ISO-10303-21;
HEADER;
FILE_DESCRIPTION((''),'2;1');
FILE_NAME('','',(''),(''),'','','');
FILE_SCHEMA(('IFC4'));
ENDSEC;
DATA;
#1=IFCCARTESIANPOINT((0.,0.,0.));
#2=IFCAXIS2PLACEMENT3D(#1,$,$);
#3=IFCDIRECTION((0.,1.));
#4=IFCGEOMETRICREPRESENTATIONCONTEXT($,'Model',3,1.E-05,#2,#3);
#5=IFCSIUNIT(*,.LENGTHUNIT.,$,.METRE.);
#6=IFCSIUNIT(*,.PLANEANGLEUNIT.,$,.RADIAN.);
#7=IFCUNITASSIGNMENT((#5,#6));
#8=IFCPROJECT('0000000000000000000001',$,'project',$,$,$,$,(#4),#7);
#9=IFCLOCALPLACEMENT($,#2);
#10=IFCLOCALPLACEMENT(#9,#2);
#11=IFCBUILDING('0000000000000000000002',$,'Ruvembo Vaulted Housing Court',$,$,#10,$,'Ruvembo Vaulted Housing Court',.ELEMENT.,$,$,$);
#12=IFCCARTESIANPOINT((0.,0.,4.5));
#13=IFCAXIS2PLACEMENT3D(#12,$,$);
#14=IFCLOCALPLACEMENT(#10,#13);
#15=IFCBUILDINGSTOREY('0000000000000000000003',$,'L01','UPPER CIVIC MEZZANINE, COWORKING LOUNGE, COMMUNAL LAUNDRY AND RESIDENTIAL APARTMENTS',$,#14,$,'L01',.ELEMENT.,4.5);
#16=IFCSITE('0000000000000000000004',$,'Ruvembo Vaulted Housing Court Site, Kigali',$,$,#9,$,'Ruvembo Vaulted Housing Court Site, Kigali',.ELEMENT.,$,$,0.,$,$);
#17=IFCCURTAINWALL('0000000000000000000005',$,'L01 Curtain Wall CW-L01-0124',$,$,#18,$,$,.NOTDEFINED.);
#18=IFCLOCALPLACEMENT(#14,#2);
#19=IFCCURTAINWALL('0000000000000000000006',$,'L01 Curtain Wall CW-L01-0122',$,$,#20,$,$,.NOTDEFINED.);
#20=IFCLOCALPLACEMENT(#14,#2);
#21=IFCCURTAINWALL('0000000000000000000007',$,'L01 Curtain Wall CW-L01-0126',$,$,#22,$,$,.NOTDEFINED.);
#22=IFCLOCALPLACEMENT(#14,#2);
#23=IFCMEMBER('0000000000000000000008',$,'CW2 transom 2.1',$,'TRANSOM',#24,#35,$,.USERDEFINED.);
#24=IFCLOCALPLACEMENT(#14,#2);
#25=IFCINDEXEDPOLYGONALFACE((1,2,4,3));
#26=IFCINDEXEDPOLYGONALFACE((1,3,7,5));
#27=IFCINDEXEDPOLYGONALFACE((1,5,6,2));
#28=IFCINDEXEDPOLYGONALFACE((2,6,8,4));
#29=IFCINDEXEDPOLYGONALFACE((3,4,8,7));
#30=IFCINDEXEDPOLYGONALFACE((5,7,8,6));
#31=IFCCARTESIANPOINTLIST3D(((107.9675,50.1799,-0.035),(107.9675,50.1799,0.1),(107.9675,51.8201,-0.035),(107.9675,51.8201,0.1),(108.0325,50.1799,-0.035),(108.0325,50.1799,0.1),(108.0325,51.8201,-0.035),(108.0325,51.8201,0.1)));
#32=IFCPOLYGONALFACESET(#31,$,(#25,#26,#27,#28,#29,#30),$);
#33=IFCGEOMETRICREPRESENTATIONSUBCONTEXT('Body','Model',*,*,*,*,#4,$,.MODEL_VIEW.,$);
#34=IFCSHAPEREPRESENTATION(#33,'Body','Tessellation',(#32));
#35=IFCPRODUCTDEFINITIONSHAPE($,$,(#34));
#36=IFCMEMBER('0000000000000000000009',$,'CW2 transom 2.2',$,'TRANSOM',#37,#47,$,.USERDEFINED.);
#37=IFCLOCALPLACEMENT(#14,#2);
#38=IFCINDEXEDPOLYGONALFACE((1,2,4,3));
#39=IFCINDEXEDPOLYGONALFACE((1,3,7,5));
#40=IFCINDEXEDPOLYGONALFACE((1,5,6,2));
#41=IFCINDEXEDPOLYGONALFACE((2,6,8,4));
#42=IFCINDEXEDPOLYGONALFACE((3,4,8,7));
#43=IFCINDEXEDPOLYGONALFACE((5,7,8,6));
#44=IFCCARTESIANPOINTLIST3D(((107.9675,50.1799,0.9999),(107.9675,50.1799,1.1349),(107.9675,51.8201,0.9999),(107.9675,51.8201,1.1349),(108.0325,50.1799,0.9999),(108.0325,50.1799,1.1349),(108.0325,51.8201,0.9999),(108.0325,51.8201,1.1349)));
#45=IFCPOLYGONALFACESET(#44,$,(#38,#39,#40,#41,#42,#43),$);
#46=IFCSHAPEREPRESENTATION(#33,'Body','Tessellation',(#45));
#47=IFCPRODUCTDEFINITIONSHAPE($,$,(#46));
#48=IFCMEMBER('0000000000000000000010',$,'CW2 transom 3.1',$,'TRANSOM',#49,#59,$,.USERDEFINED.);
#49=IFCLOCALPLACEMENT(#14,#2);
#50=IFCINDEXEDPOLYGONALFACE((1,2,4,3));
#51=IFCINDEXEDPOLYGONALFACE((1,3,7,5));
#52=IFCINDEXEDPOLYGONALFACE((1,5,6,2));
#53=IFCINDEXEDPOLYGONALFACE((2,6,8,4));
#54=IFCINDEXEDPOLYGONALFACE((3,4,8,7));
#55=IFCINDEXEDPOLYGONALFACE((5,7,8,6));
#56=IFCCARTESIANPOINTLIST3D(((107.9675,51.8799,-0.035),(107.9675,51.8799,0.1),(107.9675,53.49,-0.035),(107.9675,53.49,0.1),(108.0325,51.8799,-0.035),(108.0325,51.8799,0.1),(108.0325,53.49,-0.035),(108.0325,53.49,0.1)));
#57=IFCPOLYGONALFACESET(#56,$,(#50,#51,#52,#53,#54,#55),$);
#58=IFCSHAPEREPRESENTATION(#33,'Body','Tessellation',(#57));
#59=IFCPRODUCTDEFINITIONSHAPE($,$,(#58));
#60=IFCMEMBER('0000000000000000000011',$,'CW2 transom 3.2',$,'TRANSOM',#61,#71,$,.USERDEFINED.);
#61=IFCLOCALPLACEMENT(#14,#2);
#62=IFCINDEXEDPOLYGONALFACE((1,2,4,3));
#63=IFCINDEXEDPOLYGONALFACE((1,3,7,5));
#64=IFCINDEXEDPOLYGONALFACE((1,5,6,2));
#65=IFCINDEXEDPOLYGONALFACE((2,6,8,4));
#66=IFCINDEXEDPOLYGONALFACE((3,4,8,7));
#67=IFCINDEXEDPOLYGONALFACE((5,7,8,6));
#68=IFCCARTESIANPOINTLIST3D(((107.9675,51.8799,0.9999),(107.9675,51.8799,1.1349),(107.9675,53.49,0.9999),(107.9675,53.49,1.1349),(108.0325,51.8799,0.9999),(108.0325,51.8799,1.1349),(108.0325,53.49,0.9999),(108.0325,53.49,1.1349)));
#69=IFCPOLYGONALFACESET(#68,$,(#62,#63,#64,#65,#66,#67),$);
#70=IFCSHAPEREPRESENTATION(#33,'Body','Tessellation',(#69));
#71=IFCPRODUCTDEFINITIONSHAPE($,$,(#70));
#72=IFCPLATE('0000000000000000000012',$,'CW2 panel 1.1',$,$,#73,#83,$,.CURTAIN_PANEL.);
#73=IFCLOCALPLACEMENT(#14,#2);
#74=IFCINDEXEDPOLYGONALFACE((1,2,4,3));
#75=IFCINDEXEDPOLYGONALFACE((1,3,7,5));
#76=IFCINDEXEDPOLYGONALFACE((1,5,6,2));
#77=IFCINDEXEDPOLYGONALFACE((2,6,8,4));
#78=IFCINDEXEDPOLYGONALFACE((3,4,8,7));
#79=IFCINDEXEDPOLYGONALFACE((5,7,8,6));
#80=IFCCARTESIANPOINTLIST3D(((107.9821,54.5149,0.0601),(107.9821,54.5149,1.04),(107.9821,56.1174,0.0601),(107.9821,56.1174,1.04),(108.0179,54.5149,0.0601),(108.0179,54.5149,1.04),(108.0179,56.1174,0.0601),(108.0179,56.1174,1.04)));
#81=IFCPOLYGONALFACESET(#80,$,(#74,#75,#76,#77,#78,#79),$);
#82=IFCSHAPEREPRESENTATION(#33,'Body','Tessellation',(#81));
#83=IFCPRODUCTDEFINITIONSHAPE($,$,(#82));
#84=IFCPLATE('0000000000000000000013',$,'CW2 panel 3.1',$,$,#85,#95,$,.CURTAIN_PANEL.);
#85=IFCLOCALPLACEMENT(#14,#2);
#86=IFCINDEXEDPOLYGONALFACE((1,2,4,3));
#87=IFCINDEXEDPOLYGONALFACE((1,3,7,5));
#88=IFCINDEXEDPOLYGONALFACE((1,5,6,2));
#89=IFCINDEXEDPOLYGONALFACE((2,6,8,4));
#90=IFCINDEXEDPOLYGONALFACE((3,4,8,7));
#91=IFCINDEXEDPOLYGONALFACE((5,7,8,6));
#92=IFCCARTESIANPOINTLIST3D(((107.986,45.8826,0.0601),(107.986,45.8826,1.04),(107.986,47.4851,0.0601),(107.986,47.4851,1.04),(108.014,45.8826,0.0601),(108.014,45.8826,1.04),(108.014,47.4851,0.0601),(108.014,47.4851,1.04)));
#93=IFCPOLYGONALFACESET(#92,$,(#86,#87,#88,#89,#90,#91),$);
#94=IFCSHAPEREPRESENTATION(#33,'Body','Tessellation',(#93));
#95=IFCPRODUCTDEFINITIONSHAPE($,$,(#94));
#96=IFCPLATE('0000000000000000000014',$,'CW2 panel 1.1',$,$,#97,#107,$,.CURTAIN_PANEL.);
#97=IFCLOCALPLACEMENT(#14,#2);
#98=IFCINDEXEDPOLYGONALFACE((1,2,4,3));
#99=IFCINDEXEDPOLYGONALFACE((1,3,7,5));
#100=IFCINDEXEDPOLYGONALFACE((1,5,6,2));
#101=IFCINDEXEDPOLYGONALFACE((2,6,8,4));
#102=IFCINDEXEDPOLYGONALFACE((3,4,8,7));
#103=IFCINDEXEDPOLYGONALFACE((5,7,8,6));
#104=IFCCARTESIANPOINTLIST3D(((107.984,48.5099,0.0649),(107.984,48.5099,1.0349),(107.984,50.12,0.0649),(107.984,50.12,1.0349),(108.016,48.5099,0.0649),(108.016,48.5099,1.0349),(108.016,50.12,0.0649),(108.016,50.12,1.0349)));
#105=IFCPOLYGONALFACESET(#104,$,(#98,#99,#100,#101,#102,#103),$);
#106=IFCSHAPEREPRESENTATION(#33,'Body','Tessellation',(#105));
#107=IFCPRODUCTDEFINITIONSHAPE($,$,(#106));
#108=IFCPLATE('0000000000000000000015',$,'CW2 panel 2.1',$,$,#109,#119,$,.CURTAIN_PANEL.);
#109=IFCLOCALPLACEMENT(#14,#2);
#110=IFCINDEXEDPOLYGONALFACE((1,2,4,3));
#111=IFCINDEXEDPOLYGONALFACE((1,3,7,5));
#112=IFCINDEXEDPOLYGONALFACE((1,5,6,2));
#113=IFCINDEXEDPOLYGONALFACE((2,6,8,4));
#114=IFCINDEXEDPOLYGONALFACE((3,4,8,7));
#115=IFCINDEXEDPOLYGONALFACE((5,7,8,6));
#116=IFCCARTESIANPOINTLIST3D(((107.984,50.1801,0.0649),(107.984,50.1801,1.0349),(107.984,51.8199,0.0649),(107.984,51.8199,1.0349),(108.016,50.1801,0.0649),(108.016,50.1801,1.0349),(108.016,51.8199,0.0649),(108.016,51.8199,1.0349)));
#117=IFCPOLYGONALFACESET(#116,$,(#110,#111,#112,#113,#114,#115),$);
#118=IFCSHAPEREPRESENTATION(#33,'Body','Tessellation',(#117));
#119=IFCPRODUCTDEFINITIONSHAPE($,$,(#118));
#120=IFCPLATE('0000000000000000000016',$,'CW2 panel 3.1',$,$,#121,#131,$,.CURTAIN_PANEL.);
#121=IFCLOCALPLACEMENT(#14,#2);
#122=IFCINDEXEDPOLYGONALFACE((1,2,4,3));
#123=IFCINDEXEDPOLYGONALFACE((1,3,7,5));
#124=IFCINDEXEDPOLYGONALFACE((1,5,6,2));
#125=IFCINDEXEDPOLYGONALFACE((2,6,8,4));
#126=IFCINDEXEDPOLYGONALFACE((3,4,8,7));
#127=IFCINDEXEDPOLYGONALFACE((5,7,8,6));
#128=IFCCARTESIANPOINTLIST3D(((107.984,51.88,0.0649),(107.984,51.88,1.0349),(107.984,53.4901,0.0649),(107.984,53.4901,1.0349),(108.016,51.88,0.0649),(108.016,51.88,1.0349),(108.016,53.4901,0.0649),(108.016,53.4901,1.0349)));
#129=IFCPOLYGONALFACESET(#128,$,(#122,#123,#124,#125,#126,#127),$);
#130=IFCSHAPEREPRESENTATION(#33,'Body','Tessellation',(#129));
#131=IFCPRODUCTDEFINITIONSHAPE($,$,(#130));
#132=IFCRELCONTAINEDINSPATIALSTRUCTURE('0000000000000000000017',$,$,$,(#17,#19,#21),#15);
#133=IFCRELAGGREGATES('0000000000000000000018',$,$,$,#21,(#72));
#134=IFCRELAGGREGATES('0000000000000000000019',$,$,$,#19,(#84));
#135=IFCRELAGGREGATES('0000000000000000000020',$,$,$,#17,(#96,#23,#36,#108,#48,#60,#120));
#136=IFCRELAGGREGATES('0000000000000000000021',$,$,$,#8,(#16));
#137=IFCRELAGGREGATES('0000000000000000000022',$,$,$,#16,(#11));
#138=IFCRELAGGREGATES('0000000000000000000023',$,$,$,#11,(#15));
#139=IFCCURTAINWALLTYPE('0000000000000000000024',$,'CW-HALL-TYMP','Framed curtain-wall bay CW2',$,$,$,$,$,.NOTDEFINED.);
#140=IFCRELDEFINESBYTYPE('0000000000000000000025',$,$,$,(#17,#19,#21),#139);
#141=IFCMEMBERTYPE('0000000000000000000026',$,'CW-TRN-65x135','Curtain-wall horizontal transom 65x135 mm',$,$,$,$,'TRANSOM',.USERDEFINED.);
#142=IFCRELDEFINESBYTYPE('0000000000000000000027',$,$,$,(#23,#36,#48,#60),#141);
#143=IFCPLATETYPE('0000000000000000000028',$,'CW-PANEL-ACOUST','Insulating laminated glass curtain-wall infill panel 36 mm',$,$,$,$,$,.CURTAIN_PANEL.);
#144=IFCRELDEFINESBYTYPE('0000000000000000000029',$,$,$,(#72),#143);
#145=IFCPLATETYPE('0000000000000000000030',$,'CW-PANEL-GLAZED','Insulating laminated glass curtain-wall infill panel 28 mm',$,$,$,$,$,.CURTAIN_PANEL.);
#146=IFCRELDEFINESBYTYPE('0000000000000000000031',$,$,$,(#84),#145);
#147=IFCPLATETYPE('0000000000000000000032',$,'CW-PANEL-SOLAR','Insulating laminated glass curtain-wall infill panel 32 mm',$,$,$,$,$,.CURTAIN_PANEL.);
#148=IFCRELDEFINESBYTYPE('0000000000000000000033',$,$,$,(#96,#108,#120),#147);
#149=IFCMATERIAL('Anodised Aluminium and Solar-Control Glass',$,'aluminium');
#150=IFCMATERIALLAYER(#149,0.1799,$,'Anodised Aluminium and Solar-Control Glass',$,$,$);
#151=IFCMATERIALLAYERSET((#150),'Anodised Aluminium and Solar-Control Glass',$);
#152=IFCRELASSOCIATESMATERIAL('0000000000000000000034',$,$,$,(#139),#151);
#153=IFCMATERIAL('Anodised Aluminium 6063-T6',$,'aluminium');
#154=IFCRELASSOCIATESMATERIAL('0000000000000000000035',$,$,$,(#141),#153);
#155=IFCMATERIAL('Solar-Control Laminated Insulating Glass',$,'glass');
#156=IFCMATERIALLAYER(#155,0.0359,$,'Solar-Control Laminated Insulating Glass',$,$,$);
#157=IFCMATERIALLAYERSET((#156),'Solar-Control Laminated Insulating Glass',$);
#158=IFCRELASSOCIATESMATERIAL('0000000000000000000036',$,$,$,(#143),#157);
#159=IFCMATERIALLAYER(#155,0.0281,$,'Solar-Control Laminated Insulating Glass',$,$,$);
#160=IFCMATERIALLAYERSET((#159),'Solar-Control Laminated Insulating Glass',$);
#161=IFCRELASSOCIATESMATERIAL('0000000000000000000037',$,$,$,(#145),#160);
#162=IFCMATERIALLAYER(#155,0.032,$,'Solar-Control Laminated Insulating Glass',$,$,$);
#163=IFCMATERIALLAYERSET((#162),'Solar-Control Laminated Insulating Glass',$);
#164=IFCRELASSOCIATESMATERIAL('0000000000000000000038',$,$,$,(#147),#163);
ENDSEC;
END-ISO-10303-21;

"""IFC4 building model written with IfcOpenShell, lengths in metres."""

from ifc_helpers import new_model, si_unit, direction, frame, origin, origin_2d, place, context, subcontext, project, spatial, rectangle, extrude, material, layer, layer_set, material_profile, profile_set, type_object, element, aggregate, save


model = new_model("IFC4")

# Units and contexts
model_context = context("Model", 3, precision=1e-05, world=origin(), true_north=direction((0.0, 1.0)))
body_context = subcontext(model_context, "Body", "Model", "MODEL_VIEW")
ifc_project = project(units=[si_unit("LENGTHUNIT", "METRE"), si_unit("PLANEANGLEUNIT", "RADIAN")], contexts=[model_context])

# Site, building, storey
site_placement = place(None, origin())
site = spatial("IfcSite", under=ifc_project, at=site_placement, Name="Ruvembo Vaulted Housing Court Site, Kigali", LongName="Ruvembo Vaulted Housing Court Site, Kigali", CompositionType="ELEMENT", RefElevation=0.0)
building_placement = place(site_placement, origin())
building = spatial("IfcBuilding", under=site, at=building_placement, Name="Ruvembo Vaulted Housing Court", LongName="Ruvembo Vaulted Housing Court", CompositionType="ELEMENT")
storey_placement = place(building_placement, frame((0.0, 0.0, 4.5)))
storey = spatial("IfcBuildingStorey", under=building, at=storey_placement, Name="L01", Description="UPPER CIVIC MEZZANINE, COWORKING LOUNGE, COMMUNAL LAUNDRY AND RESIDENTIAL APARTMENTS", LongName="L01", CompositionType="ELEMENT", Elevation=4.5)

# Curtain wall
ifc_material_1 = material(Name="Anodised Aluminium and Solar-Control Glass", Category="aluminium")
ifc_layer_1 = layer(ifc_material_1, 0.1799, Name="Anodised Aluminium and Solar-Control Glass")
ifc_layer_set_1 = layer_set([ifc_layer_1], Name="Anodised Aluminium and Solar-Control Glass")
curtain_wall_type = type_object("IfcCurtainWallType", Name="CW-HALL-TYMP", Description="Framed curtain-wall bay CW2", PredefinedType="NOTDEFINED", material=ifc_layer_set_1)
curtain_wall_1_placement = place(storey_placement, origin())
curtain_wall_1 = element("IfcCurtainWall", 1, at=curtain_wall_1_placement, inside=storey, type_object=curtain_wall_type, Name="L01 Curtain Wall CW-L01-0124", PredefinedType="NOTDEFINED")
ifc_material_2 = material(Name="Anodised Aluminium 6063-T6", Category="aluminium")

# Curtain wall
curtain_wall_2_placement = place(storey_placement, origin())
curtain_wall_2 = element("IfcCurtainWall", 2, at=curtain_wall_2_placement, inside=storey, type_object=curtain_wall_type, Name="L01 Curtain Wall CW-L01-0122", PredefinedType="NOTDEFINED")

# Curtain wall
curtain_wall_3_placement = place(storey_placement, origin())
curtain_wall_3 = element("IfcCurtainWall", 3, at=curtain_wall_3_placement, inside=storey, type_object=curtain_wall_type, Name="L01 Curtain Wall CW-L01-0126", PredefinedType="NOTDEFINED")

# Members
ifc_material_profile_1 = material_profile(ifc_material_2, rectangle(XDim=0.0649, YDim=0.135, at=origin_2d()), Name="ALU 65x135")
ifc_profile_set_1 = profile_set([ifc_material_profile_1], Name="Anodised Aluminium 6063-T6")
member_type_1 = type_object("IfcMemberType", Name="CW-TRN-65x135", Description="Curtain-wall horizontal transom 65x135 mm", ElementType="TRANSOM", PredefinedType="USERDEFINED", material=ifc_profile_set_1)
member_1_placement = place(storey_placement, frame((108.0, 50.1799, 0.0325), z_axis=(0.0, 1.0, 0.0), x_axis=(-1.0, 0.0, 0.0)))
member_1 = element("IfcMember", 4, at=member_1_placement, type_object=member_type_1, Name="CW2 transom 2.1", ObjectType="TRANSOM", PredefinedType="USERDEFINED", context=body_context, shape_type="SweptSolid", body=[
    extrude(rectangle(XDim=0.0649, YDim=0.135, at=origin_2d()), origin(), (0.0, 0.0, 1.0), 1.6401),
])
member_2_placement = place(storey_placement, frame((108.0, 50.1799, 1.0674), z_axis=(0.0, 1.0, 0.0), x_axis=(-1.0, 0.0, 0.0)))
member_2 = element("IfcMember", 5, at=member_2_placement, type_object=member_type_1, Name="CW2 transom 2.2", ObjectType="TRANSOM", PredefinedType="USERDEFINED", context=body_context, shape_type="SweptSolid", body=[
    extrude(rectangle(XDim=0.0649, YDim=0.135, at=origin_2d()), origin(), (0.0, 0.0, 1.0), 1.6401),
])
member_3_placement = place(storey_placement, frame((108.0, 51.8799, 0.0325), z_axis=(0.0, 1.0, 0.0), x_axis=(-1.0, 0.0, 0.0)))
member_3 = element("IfcMember", 6, at=member_3_placement, type_object=member_type_1, Name="CW2 transom 3.1", ObjectType="TRANSOM", PredefinedType="USERDEFINED", context=body_context, shape_type="SweptSolid", body=[
    extrude(rectangle(XDim=0.0649, YDim=0.135, at=origin_2d()), origin(), (0.0, 0.0, 1.0), 1.6101),
])
member_4_placement = place(storey_placement, frame((108.0, 51.8799, 1.0674), z_axis=(0.0, 1.0, 0.0), x_axis=(-1.0, 0.0, 0.0)))
member_4 = element("IfcMember", 7, at=member_4_placement, type_object=member_type_1, Name="CW2 transom 3.2", ObjectType="TRANSOM", PredefinedType="USERDEFINED", context=body_context, shape_type="SweptSolid", body=[
    extrude(rectangle(XDim=0.0649, YDim=0.135, at=origin_2d()), origin(), (0.0, 0.0, 1.0), 1.6101),
])

# Plates
ifc_material_3 = material(Name="Solar-Control Laminated Insulating Glass", Category="glass")
ifc_layer_2 = layer(ifc_material_3, 0.0359, Name="Solar-Control Laminated Insulating Glass")
ifc_layer_set_2 = layer_set([ifc_layer_2], Name="Solar-Control Laminated Insulating Glass")
plate_type_1 = type_object("IfcPlateType", Name="CW-PANEL-ACOUST", Description="Insulating laminated glass curtain-wall infill panel 36 mm", PredefinedType="CURTAIN_PANEL", material=ifc_layer_set_2)
plate_1_placement = place(storey_placement, frame((108.0, 55.3162, 0.0601), z_axis=(0.0, 0.0, 1.0), x_axis=(0.0, 1.0, 0.0)))
plate_1 = element("IfcPlate", 8, at=plate_1_placement, type_object=plate_type_1, Name="CW2 panel 1.1", PredefinedType="CURTAIN_PANEL", context=body_context, shape_type="SweptSolid", body=[
    extrude(rectangle(XDim=1.6025, YDim=0.0359, at=origin_2d()), origin(), (0.0, 0.0, 1.0), 0.98),
])
aggregate(curtain_wall_3, [plate_1])
ifc_layer_3 = layer(ifc_material_3, 0.0281, Name="Solar-Control Laminated Insulating Glass")
ifc_layer_set_3 = layer_set([ifc_layer_3], Name="Solar-Control Laminated Insulating Glass")
plate_type_2 = type_object("IfcPlateType", Name="CW-PANEL-GLAZED", Description="Insulating laminated glass curtain-wall infill panel 28 mm", PredefinedType="CURTAIN_PANEL", material=ifc_layer_set_3)
plate_2_placement = place(storey_placement, frame((108.0, 46.6838, 0.0601), z_axis=(0.0, 0.0, 1.0), x_axis=(0.0, 1.0, 0.0)))
plate_2 = element("IfcPlate", 9, at=plate_2_placement, type_object=plate_type_2, Name="CW2 panel 3.1", PredefinedType="CURTAIN_PANEL", context=body_context, shape_type="SweptSolid", body=[
    extrude(rectangle(XDim=1.6025, YDim=0.0281, at=origin_2d()), origin(), (0.0, 0.0, 1.0), 0.98),
])
aggregate(curtain_wall_2, [plate_2])
ifc_layer_4 = layer(ifc_material_3, 0.032, Name="Solar-Control Laminated Insulating Glass")
ifc_layer_set_4 = layer_set([ifc_layer_4], Name="Solar-Control Laminated Insulating Glass")
plate_type_3 = type_object("IfcPlateType", Name="CW-PANEL-SOLAR", Description="Insulating laminated glass curtain-wall infill panel 32 mm", PredefinedType="CURTAIN_PANEL", material=ifc_layer_set_4)
plate_3_placement = place(storey_placement, frame((108.0, 49.3149, 0.0649), z_axis=(0.0, 0.0, 1.0), x_axis=(0.0, 1.0, 0.0)))
plate_3 = element("IfcPlate", 10, at=plate_3_placement, type_object=plate_type_3, Name="CW2 panel 1.1", PredefinedType="CURTAIN_PANEL", context=body_context, shape_type="SweptSolid", body=[
    extrude(rectangle(XDim=1.6101, YDim=0.032, at=origin_2d()), origin(), (0.0, 0.0, 1.0), 0.97),
])
plate_4_placement = place(storey_placement, frame((108.0, 51.0, 0.0649), z_axis=(0.0, 0.0, 1.0), x_axis=(0.0, 1.0, 0.0)))
plate_4 = element("IfcPlate", 11, at=plate_4_placement, type_object=plate_type_3, Name="CW2 panel 2.1", PredefinedType="CURTAIN_PANEL", context=body_context, shape_type="SweptSolid", body=[
    extrude(rectangle(XDim=1.6399, YDim=0.032, at=origin_2d()), origin(), (0.0, 0.0, 1.0), 0.97),
])
plate_5_placement = place(storey_placement, frame((108.0, 52.6851, 0.0649), z_axis=(0.0, 0.0, 1.0), x_axis=(0.0, 1.0, 0.0)))
plate_5 = element("IfcPlate", 12, at=plate_5_placement, type_object=plate_type_3, Name="CW2 panel 3.1", PredefinedType="CURTAIN_PANEL", context=body_context, shape_type="SweptSolid", body=[
    extrude(rectangle(XDim=1.6101, YDim=0.032, at=origin_2d()), origin(), (0.0, 0.0, 1.0), 0.97),
])
aggregate(curtain_wall_1, [plate_3, member_1, member_2, plate_4, member_3, member_4, plate_5])

save(model, "model.ifc")
